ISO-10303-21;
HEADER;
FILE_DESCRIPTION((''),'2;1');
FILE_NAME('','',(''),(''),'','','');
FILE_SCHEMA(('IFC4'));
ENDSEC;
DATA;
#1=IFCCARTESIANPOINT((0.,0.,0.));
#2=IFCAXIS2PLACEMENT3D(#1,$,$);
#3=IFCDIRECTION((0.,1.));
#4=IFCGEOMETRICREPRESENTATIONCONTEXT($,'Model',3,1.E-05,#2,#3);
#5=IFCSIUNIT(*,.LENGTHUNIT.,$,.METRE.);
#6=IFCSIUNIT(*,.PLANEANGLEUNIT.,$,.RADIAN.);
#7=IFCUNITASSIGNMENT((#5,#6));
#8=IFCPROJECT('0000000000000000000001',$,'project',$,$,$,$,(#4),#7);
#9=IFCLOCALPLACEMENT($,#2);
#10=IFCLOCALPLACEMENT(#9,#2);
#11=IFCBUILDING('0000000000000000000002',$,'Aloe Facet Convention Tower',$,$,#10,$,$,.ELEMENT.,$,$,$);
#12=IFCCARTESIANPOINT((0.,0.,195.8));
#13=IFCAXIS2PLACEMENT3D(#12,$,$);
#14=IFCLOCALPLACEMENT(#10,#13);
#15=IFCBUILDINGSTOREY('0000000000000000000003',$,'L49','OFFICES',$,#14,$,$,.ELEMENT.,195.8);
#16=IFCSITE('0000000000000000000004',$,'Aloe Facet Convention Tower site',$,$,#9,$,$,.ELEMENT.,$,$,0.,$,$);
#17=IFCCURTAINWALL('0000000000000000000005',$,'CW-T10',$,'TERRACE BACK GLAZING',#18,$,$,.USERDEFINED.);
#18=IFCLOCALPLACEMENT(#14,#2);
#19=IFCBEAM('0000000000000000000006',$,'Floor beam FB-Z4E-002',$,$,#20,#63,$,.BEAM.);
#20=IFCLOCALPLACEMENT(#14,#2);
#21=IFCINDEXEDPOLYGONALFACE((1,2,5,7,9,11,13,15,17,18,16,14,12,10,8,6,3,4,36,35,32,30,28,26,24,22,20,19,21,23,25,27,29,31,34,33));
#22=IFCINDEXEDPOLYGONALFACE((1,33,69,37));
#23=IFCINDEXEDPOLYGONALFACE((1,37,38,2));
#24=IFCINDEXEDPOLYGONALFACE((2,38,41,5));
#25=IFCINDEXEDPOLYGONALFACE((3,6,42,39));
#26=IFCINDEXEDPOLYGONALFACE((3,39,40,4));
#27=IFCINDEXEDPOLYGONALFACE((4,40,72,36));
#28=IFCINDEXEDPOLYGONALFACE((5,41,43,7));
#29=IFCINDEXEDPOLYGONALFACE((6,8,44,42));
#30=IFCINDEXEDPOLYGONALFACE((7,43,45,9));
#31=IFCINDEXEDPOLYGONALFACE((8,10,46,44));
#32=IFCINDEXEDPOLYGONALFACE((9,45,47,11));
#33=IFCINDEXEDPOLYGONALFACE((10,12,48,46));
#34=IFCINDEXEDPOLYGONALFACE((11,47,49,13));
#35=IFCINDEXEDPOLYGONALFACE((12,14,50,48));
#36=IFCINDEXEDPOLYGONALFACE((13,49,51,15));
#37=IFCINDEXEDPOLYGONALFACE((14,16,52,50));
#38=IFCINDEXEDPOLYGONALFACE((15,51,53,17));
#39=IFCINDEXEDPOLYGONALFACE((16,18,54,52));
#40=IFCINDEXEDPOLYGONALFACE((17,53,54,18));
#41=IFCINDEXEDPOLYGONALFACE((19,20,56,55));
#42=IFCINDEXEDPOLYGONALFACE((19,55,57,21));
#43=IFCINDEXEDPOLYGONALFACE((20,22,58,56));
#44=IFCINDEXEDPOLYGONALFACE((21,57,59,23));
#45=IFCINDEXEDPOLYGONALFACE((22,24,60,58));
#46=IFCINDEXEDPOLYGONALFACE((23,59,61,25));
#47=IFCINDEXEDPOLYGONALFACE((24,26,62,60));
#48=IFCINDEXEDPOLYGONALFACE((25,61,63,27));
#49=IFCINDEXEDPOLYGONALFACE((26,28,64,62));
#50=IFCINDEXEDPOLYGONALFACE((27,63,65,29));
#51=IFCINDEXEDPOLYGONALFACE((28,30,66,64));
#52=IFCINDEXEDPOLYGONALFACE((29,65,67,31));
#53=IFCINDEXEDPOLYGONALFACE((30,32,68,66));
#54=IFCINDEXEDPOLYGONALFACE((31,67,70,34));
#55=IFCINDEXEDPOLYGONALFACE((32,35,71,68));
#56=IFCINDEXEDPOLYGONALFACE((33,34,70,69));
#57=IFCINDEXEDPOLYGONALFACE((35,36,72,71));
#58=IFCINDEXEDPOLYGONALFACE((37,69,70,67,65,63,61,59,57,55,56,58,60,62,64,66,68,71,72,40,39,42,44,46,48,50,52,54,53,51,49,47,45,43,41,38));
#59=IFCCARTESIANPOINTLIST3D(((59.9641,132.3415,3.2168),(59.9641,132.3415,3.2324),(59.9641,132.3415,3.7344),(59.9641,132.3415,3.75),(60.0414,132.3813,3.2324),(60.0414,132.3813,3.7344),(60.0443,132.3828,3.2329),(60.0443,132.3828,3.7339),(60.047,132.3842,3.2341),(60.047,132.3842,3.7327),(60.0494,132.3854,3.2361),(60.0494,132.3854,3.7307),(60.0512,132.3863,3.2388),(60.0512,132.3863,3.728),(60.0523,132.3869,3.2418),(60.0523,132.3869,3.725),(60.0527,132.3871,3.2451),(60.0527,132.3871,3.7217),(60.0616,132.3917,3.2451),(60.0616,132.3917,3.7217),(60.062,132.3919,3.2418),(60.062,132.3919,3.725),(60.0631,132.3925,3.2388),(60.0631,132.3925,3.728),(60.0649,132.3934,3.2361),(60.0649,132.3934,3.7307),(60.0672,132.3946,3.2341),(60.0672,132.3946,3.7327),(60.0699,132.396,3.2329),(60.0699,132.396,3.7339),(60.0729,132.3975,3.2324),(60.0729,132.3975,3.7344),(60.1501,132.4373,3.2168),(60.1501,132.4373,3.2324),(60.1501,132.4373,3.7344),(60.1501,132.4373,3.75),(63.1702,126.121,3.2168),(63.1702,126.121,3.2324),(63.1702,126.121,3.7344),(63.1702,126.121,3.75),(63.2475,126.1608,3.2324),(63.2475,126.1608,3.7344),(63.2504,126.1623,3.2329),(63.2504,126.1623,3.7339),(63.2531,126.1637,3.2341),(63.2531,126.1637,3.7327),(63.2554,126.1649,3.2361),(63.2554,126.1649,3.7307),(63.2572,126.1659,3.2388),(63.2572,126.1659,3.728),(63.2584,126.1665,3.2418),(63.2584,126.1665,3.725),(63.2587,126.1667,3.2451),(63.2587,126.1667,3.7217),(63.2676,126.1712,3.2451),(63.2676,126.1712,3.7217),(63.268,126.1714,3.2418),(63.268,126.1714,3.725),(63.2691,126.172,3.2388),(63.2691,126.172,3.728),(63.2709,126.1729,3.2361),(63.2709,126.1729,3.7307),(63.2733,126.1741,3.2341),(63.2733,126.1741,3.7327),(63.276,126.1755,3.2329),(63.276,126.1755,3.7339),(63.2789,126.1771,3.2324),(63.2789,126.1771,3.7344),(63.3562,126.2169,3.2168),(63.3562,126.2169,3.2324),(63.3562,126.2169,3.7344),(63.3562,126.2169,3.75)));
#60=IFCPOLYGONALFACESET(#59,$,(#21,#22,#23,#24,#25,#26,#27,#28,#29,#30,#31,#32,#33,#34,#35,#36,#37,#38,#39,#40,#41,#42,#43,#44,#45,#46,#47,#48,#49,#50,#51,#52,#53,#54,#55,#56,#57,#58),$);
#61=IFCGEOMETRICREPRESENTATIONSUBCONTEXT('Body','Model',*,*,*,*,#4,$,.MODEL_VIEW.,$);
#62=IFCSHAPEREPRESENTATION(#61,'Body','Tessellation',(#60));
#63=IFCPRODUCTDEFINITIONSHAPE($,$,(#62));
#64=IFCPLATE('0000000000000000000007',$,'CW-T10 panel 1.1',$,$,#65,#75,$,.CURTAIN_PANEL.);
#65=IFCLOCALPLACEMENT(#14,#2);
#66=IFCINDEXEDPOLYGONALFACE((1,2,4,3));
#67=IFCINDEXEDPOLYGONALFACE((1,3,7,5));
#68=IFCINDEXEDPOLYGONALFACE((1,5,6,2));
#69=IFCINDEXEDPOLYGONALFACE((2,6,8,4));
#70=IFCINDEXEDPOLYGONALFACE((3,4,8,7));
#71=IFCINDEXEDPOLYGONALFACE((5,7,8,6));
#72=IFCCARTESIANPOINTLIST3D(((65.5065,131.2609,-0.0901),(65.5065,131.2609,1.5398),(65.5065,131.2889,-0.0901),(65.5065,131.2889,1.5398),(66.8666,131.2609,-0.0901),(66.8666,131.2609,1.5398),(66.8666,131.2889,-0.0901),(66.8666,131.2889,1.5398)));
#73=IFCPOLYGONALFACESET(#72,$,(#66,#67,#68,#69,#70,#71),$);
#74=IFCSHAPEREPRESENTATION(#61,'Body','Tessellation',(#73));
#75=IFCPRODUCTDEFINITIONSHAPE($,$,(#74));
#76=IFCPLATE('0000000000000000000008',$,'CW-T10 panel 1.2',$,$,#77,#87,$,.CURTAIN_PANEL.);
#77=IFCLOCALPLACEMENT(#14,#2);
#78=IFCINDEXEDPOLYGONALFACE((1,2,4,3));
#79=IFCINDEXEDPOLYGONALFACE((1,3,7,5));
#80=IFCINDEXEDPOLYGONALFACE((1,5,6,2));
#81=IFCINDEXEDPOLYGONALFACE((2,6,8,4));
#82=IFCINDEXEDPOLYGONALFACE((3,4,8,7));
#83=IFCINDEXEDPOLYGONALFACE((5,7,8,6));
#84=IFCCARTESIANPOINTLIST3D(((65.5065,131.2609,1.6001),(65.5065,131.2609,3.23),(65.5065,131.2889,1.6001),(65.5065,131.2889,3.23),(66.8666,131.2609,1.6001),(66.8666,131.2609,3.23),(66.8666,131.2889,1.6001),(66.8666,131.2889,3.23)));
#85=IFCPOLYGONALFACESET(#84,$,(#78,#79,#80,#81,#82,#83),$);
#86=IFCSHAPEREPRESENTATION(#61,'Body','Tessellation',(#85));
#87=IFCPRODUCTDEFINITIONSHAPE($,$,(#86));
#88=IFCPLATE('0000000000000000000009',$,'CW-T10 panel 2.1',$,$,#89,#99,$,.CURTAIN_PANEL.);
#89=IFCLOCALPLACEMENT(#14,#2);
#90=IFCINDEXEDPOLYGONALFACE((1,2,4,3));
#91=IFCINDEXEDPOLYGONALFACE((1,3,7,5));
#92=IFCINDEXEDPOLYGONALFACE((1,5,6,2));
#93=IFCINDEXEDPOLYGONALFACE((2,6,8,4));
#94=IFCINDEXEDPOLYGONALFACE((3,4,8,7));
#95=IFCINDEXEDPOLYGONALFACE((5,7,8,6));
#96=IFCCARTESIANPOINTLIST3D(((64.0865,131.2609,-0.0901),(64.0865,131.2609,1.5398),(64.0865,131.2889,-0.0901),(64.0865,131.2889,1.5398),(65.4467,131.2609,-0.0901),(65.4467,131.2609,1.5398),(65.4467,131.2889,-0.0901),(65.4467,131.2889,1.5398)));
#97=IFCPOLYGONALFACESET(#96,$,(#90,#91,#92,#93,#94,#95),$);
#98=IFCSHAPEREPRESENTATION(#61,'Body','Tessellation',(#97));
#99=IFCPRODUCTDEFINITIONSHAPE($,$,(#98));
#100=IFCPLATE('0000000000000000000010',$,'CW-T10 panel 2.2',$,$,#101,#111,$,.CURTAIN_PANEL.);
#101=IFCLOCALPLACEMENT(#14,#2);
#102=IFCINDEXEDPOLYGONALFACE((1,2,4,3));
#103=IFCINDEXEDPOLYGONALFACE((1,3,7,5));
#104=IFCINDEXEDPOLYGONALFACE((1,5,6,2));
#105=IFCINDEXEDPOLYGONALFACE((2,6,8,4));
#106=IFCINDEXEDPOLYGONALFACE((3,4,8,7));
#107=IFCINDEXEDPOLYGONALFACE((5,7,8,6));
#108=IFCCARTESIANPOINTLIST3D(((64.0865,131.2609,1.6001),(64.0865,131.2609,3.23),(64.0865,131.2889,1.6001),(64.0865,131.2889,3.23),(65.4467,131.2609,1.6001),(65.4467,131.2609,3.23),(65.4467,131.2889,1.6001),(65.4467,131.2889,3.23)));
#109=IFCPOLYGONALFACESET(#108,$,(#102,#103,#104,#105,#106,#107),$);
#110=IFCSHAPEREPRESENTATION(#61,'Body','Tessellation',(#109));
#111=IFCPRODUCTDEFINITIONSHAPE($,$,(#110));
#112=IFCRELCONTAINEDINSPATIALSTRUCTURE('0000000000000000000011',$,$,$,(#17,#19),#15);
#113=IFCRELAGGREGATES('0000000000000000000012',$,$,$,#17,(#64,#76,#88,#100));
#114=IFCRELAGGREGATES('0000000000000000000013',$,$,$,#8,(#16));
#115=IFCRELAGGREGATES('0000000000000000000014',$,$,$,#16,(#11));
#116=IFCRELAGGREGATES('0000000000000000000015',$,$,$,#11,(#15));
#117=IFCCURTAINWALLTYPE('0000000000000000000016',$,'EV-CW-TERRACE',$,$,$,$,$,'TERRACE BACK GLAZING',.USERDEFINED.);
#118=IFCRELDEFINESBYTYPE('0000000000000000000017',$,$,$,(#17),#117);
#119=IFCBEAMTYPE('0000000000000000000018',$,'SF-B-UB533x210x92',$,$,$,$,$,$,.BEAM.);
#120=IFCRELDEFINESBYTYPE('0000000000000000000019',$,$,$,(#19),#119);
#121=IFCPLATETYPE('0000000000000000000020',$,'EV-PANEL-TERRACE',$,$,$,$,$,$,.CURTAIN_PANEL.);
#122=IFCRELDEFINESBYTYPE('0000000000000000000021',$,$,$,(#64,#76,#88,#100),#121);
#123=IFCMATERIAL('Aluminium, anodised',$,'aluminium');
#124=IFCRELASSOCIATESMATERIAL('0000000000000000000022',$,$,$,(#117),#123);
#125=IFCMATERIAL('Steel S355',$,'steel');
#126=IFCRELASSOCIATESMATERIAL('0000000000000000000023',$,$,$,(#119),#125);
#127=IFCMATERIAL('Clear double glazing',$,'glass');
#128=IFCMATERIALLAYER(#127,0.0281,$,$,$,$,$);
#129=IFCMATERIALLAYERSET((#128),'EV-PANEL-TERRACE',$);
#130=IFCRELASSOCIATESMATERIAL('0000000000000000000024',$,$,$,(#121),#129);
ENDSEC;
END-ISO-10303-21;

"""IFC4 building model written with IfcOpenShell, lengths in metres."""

from ifc_helpers import new_model, si_unit, direction, frame, origin, origin_2d, place, context, subcontext, project, spatial, rectangle, i_section, extrude, material, layer, layer_set, material_profile, profile_set, type_object, element, aggregate, save


model = new_model("IFC4")

# Units and contexts
model_context = context("Model", 3, precision=1e-05, world=origin(), true_north=direction((0.0, 1.0)))
body_context = subcontext(model_context, "Body", "Model", "MODEL_VIEW")
ifc_project = project(units=[si_unit("LENGTHUNIT", "METRE"), si_unit("PLANEANGLEUNIT", "RADIAN")], contexts=[model_context])

# Site, building, storey
site_placement = place(None, origin())
site = spatial("IfcSite", under=ifc_project, at=site_placement, Name="Aloe Facet Convention Tower site", CompositionType="ELEMENT", RefElevation=0.0)
building_placement = place(site_placement, origin())
building = spatial("IfcBuilding", under=site, at=building_placement, Name="Aloe Facet Convention Tower", CompositionType="ELEMENT")
storey_placement = place(building_placement, frame((0.0, 0.0, 195.8)))
storey = spatial("IfcBuildingStorey", under=building, at=storey_placement, Name="L49", Description="OFFICES", CompositionType="ELEMENT", Elevation=195.8)

# Curtain wall
ifc_material_1 = material(Name="Aluminium, anodised", Category="aluminium")
curtain_wall_type = type_object("IfcCurtainWallType", Name="EV-CW-TERRACE", ElementType="TERRACE BACK GLAZING", PredefinedType="USERDEFINED", material=ifc_material_1)
curtain_wall_placement = place(storey_placement, origin())
curtain_wall = element("IfcCurtainWall", 1, at=curtain_wall_placement, inside=storey, type_object=curtain_wall_type, Name="CW-T10", ObjectType="TERRACE BACK GLAZING", PredefinedType="USERDEFINED")

# Beam
ifc_material_2 = material(Name="Steel S355", Category="steel")
ifc_material_profile_1 = material_profile(ifc_material_2, i_section(OverallWidth=0.2092, OverallDepth=0.5332, WebThickness=0.01, FlangeThickness=0.0156, FilletRadius=0.0127, at=origin_2d()), Name="UB 533x210x92")
ifc_profile_set_1 = profile_set([ifc_material_profile_1], Name="Steel S355")
beam_type_1 = type_object("IfcBeamType", Name="SF-B-UB533x210x92", PredefinedType="BEAM", material=ifc_profile_set_1)
beam_1_placement = place(storey_placement, frame((63.2632, 126.1689, 3.4834), z_axis=(-0.458135, 0.888883, 0.0), x_axis=(-0.888883, -0.458135, 0.0)))
element("IfcBeam", 2, at=beam_1_placement, inside=storey, type_object=beam_type_1, Name="Floor beam FB-Z4E-002", PredefinedType="BEAM", context=body_context, shape_type="SweptSolid", body=[
    extrude(i_section(OverallWidth=0.2092, OverallDepth=0.5332, WebThickness=0.01, FlangeThickness=0.0156, FilletRadius=0.0127, at=origin_2d()), origin(), (0.0, 0.0, 1.0), 6.998),
])

# Plates
ifc_material_3 = material(Name="Clear double glazing", Category="glass")
ifc_layer = layer(ifc_material_3, 0.0281)
ifc_layer_set = layer_set([ifc_layer], Name="EV-PANEL-TERRACE")
plate_type = type_object("IfcPlateType", Name="EV-PANEL-TERRACE", PredefinedType="CURTAIN_PANEL", material=ifc_layer_set)
plate_1_placement = place(storey_placement, frame((66.1865, 131.2749, -0.0901), z_axis=(0.0, 0.0, 1.0), x_axis=(-1.0, 0.0, 0.0)))
plate_1 = element("IfcPlate", 3, at=plate_1_placement, type_object=plate_type, Name="CW-T10 panel 1.1", PredefinedType="CURTAIN_PANEL", context=body_context, shape_type="SweptSolid", body=[
    extrude(rectangle(XDim=1.3601, YDim=0.0281, at=origin_2d()), origin(), (0.0, 0.0, 1.0), 1.6299),
])
plate_2_placement = place(storey_placement, frame((66.1865, 131.2749, 1.6001), z_axis=(0.0, 0.0, 1.0), x_axis=(-1.0, 0.0, 0.0)))
plate_2 = element("IfcPlate", 4, at=plate_2_placement, type_object=plate_type, Name="CW-T10 panel 1.2", PredefinedType="CURTAIN_PANEL", context=body_context, shape_type="SweptSolid", body=[
    extrude(rectangle(XDim=1.3601, YDim=0.0281, at=origin_2d()), origin(), (0.0, 0.0, 1.0), 1.6299),
])
plate_3_placement = place(storey_placement, frame((64.7666, 131.2749, -0.0901), z_axis=(0.0, 0.0, 1.0), x_axis=(-1.0, 0.0, 0.0)))
plate_3 = element("IfcPlate", 5, at=plate_3_placement, type_object=plate_type, Name="CW-T10 panel 2.1", PredefinedType="CURTAIN_PANEL", context=body_context, shape_type="SweptSolid", body=[
    extrude(rectangle(XDim=1.3601, YDim=0.0281, at=origin_2d()), origin(), (0.0, 0.0, 1.0), 1.6299),
])
plate_4_placement = place(storey_placement, frame((64.7666, 131.2749, 1.6001), z_axis=(0.0, 0.0, 1.0), x_axis=(-1.0, 0.0, 0.0)))
plate_4 = element("IfcPlate", 6, at=plate_4_placement, type_object=plate_type, Name="CW-T10 panel 2.2", PredefinedType="CURTAIN_PANEL", context=body_context, shape_type="SweptSolid", body=[
    extrude(rectangle(XDim=1.3601, YDim=0.0281, at=origin_2d()), origin(), (0.0, 0.0, 1.0), 1.6299),
])
aggregate(curtain_wall, [plate_1, plate_2, plate_3, plate_4])

save(model, "model.ifc")
